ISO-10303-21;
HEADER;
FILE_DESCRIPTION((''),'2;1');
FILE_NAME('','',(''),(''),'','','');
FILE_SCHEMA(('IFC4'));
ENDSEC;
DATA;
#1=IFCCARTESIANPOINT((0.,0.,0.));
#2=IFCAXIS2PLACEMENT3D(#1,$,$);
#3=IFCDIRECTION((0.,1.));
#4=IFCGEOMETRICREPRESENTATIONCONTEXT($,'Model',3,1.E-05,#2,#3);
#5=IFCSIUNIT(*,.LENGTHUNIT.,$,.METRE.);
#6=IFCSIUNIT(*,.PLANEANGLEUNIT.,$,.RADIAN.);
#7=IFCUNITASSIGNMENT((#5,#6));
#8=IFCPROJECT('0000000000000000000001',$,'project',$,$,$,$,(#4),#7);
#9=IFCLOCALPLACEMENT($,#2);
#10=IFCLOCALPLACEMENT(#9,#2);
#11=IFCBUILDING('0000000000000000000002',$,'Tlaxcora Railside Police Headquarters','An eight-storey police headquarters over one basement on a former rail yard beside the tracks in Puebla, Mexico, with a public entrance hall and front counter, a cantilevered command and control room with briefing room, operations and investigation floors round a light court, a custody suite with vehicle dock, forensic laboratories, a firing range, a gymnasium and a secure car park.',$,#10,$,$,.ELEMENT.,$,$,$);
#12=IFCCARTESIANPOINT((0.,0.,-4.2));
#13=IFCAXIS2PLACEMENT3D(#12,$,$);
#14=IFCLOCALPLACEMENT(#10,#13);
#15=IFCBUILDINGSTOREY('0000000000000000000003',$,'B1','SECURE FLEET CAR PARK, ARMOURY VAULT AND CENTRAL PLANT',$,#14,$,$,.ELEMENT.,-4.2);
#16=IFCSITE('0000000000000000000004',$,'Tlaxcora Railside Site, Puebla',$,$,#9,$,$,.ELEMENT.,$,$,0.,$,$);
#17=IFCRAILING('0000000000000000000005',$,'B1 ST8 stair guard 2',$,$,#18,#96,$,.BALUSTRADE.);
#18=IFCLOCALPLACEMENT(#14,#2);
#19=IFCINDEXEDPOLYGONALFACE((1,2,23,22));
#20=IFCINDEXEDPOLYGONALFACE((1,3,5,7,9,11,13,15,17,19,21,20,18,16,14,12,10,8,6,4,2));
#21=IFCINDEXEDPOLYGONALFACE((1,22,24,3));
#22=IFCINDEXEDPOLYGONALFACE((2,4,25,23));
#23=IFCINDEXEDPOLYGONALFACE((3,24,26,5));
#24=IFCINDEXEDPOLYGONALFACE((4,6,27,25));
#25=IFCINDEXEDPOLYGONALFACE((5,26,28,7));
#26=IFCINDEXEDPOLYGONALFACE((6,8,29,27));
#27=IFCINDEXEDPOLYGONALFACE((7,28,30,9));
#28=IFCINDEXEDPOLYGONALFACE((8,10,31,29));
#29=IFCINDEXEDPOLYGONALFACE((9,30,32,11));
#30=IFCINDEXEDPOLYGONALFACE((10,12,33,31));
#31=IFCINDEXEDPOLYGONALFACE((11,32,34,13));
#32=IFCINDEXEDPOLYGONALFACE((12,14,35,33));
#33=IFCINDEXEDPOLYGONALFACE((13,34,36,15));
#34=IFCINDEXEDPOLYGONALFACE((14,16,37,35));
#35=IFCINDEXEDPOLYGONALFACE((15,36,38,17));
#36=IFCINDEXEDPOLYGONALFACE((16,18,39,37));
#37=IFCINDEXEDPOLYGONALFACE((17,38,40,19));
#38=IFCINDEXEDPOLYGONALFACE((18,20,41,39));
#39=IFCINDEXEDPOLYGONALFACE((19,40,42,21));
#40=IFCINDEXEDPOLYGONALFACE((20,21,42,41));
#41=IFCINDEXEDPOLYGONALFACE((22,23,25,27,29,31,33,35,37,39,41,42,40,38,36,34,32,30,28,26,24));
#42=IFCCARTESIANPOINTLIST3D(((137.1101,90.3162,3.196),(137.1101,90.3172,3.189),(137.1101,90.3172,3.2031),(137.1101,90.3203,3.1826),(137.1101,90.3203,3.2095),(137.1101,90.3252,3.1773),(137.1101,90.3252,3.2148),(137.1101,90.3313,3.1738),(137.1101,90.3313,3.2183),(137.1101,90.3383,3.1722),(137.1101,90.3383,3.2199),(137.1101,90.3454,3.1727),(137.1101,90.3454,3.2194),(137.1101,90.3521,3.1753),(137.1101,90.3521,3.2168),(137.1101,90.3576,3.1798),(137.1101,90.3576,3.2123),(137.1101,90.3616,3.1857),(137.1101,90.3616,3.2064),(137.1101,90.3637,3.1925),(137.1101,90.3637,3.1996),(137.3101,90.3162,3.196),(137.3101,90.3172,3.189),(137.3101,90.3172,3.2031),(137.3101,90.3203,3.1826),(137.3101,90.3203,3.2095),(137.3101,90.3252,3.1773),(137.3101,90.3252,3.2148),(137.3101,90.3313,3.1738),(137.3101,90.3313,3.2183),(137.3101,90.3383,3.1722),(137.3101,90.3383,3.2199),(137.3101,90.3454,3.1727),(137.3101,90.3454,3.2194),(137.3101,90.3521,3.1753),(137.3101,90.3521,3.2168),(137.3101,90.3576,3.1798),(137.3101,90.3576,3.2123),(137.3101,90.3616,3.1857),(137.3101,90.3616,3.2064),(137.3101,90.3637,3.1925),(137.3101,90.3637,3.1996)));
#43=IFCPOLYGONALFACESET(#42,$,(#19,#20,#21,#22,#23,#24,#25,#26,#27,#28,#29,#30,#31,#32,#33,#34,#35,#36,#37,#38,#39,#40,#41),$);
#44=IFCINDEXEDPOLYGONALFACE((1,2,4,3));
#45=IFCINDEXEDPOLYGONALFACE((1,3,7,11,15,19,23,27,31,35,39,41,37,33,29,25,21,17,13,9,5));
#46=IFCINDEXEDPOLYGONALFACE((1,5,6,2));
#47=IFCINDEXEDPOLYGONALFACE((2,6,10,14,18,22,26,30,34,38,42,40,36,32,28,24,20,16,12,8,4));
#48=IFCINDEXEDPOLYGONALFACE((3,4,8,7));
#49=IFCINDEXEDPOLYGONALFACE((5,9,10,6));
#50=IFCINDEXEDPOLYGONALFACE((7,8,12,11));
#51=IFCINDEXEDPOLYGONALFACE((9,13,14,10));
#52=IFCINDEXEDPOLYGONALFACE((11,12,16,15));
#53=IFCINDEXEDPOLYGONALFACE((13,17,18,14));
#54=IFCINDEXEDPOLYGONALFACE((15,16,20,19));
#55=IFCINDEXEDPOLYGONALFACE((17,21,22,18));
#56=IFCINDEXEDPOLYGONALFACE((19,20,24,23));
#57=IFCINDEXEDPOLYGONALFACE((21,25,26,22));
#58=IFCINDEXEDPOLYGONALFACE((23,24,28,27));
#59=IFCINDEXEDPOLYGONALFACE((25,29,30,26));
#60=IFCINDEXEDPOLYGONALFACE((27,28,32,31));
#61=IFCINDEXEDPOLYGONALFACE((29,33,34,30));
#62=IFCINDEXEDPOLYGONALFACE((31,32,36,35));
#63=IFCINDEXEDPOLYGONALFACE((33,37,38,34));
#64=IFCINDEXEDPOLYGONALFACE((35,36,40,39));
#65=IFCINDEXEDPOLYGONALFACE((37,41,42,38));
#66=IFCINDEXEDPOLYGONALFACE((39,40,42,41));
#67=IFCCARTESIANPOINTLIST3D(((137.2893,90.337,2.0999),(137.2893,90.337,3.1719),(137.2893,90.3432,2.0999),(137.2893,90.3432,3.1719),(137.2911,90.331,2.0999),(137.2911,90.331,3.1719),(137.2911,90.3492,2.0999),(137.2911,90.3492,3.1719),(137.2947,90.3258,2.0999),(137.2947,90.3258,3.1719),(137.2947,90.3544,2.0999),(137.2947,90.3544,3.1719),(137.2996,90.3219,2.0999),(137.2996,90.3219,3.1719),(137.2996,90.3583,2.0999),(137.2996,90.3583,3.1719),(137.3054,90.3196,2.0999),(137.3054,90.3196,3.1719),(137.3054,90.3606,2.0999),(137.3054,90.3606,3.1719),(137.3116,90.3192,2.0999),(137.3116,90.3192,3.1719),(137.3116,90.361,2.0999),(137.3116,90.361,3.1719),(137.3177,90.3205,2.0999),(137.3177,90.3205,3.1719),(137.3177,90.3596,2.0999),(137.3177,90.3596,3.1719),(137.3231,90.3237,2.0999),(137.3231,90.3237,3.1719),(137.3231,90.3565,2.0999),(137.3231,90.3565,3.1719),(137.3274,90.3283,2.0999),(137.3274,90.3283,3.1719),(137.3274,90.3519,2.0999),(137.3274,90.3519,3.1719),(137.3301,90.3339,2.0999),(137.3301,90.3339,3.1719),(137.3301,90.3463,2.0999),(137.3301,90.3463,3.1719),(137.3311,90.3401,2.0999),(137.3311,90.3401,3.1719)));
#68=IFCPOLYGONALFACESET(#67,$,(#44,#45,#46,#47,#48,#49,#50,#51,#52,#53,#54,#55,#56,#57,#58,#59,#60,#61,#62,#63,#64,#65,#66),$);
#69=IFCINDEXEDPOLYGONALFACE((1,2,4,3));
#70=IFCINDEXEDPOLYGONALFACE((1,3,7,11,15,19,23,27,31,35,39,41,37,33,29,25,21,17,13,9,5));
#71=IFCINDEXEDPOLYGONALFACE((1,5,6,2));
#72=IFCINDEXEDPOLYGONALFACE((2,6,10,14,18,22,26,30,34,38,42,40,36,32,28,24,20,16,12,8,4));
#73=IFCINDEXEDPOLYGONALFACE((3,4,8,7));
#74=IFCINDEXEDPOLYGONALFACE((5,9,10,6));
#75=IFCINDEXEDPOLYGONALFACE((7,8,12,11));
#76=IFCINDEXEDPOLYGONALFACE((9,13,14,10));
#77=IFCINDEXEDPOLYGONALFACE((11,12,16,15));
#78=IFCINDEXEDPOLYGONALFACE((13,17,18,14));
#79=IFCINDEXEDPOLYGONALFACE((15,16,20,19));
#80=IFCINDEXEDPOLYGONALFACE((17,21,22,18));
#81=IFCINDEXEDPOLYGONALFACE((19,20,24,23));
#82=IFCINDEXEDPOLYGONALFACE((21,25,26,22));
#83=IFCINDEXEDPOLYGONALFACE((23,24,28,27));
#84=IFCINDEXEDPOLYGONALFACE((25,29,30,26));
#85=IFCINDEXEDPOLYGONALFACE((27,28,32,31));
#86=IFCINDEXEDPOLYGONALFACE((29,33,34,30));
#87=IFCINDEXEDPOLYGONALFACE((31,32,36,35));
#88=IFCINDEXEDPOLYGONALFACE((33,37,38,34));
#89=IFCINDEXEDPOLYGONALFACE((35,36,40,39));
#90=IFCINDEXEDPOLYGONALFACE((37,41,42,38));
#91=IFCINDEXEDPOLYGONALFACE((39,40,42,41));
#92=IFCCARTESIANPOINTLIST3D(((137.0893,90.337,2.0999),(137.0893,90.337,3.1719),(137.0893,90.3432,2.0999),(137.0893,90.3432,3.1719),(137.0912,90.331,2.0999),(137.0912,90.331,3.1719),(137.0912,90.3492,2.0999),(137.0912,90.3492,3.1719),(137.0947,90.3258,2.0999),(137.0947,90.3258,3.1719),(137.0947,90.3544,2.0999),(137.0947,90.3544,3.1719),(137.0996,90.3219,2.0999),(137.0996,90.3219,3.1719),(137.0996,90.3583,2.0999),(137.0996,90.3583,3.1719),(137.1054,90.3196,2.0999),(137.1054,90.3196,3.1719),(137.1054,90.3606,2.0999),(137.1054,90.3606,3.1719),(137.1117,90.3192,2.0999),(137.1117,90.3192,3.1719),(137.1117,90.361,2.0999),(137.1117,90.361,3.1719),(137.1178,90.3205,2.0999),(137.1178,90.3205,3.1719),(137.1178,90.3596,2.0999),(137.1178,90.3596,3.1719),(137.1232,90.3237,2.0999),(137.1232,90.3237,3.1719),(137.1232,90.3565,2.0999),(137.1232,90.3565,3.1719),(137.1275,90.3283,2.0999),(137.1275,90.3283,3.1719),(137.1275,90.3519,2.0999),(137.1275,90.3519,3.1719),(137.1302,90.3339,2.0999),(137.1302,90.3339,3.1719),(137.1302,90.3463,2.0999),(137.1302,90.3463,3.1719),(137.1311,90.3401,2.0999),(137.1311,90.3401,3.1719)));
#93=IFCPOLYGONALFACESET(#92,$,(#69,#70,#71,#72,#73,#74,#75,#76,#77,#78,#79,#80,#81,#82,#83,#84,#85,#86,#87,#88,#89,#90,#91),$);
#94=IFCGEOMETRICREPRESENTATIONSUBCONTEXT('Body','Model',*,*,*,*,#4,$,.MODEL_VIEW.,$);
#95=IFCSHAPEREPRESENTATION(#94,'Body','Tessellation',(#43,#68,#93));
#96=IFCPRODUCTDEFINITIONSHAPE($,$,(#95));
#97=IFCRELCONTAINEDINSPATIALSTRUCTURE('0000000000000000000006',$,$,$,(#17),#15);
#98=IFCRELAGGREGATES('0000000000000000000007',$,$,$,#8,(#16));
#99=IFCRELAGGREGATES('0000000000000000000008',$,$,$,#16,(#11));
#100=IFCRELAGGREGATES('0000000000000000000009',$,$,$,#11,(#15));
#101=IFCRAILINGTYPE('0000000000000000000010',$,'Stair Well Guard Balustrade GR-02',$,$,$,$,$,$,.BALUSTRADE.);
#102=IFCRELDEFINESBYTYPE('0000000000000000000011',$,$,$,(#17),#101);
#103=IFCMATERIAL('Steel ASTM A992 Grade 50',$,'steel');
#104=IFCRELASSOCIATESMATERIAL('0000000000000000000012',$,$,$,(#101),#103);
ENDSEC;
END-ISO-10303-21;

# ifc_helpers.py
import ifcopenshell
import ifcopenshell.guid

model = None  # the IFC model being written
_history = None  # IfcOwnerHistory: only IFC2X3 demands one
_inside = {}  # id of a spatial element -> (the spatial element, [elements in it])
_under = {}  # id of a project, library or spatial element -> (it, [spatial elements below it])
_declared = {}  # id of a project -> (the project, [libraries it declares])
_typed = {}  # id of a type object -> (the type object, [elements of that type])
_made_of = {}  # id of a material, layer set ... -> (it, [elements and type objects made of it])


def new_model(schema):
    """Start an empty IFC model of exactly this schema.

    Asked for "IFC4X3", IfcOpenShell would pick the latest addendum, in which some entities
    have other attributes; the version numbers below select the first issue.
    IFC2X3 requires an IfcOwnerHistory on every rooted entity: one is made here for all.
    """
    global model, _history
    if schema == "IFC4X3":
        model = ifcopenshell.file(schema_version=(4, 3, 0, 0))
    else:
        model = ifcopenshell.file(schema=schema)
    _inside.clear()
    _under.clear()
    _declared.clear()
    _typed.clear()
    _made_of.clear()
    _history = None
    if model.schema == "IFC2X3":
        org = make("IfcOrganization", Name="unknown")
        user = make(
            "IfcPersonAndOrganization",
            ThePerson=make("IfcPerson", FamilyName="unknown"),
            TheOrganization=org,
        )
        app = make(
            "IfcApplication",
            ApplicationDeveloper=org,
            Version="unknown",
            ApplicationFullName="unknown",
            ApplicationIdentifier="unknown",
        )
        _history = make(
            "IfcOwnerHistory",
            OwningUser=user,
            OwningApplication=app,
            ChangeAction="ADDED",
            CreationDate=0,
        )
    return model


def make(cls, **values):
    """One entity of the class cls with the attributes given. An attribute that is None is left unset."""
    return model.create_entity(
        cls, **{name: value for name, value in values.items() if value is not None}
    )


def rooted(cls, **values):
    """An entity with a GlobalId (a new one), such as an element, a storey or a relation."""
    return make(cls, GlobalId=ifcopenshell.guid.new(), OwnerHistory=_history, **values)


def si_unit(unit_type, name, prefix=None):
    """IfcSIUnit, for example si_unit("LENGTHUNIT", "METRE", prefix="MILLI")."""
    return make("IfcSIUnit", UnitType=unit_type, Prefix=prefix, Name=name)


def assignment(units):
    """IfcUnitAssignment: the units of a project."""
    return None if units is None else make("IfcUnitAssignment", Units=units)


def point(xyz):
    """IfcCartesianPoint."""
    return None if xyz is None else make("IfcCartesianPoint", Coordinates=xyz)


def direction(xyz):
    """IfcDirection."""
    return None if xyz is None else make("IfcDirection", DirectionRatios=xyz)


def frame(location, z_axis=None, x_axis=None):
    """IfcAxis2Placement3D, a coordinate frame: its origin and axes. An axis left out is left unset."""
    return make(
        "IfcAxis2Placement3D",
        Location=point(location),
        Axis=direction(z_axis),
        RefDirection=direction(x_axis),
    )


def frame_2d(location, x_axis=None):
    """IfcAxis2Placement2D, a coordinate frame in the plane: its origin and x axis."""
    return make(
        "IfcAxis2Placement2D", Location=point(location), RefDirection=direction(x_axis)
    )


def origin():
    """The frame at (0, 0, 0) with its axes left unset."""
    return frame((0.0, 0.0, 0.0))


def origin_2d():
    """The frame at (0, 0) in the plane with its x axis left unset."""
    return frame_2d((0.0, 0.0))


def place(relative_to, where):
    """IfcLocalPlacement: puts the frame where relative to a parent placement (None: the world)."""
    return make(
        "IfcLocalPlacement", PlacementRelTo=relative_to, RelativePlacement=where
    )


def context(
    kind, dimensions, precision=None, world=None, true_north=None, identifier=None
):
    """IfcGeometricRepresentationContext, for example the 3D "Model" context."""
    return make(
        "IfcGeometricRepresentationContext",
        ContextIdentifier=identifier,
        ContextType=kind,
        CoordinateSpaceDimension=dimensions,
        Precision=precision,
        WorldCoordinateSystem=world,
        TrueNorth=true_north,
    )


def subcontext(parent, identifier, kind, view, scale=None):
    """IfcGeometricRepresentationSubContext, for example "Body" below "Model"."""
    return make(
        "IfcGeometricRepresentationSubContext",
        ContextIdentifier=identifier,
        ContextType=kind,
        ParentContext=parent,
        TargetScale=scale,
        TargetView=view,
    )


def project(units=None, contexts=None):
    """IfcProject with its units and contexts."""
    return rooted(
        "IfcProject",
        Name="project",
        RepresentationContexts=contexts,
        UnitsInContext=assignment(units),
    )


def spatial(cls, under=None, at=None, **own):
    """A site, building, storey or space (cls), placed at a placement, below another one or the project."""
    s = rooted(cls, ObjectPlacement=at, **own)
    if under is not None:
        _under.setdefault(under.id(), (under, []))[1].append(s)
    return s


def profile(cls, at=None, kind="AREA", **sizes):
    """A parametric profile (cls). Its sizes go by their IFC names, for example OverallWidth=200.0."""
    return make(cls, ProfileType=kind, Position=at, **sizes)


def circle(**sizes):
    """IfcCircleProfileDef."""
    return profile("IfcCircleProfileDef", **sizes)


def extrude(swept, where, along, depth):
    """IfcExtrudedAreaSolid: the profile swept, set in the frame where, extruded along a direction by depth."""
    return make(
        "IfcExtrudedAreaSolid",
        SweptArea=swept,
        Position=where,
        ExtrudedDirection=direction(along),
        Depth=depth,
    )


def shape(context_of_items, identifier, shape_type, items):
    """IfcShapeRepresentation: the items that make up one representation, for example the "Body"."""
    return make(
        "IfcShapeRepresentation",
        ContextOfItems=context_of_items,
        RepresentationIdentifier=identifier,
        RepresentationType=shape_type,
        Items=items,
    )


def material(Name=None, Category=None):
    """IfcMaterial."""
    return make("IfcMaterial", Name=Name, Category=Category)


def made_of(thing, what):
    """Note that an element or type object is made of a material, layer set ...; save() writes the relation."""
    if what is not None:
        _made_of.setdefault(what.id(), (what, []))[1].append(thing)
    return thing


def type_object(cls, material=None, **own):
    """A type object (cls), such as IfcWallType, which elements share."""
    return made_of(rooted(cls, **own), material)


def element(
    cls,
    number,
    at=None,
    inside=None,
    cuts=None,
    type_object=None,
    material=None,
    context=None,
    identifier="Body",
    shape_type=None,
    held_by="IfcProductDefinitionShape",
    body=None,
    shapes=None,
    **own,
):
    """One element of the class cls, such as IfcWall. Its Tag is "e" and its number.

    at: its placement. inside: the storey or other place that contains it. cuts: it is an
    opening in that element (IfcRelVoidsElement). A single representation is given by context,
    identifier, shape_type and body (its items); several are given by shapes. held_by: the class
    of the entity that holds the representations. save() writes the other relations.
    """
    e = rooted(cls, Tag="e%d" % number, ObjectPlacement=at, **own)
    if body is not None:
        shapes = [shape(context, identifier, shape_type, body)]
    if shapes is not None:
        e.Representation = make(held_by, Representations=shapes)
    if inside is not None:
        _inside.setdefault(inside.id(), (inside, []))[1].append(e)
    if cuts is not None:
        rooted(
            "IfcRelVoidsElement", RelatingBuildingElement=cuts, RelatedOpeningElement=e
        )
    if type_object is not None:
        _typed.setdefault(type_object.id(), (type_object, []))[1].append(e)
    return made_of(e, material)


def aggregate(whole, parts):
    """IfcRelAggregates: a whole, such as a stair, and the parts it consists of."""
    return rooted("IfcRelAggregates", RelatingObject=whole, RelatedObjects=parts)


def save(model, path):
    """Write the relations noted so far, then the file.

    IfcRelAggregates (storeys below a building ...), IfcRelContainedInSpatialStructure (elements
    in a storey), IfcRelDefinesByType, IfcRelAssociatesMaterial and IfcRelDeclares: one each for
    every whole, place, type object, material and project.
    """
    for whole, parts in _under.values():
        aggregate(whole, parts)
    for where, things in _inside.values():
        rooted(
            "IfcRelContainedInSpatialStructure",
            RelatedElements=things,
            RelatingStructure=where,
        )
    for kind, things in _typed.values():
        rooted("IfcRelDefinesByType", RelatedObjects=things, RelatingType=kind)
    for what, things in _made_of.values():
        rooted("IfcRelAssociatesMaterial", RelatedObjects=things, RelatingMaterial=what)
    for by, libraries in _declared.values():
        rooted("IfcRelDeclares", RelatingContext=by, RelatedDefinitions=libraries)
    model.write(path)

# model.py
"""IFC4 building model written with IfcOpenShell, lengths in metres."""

from ifc_helpers import new_model, si_unit, direction, frame, origin, origin_2d, place, context, subcontext, project, spatial, circle, extrude, material, type_object, element, save


model = new_model("IFC4")

# Units and contexts
model_context = context("Model", 3, precision=1e-05, world=origin(), true_north=direction((0.0, 1.0)))
body_context = subcontext(model_context, "Body", "Model", "MODEL_VIEW")
ifc_project = project(units=[si_unit("LENGTHUNIT", "METRE"), si_unit("PLANEANGLEUNIT", "RADIAN")], contexts=[model_context])

# Site, building, storey
site_placement = place(None, origin())
site = spatial("IfcSite", under=ifc_project, at=site_placement, Name="Tlaxcora Railside Site, Puebla", CompositionType="ELEMENT", RefElevation=0.0)
building_placement = place(site_placement, origin())
building = spatial("IfcBuilding", under=site, at=building_placement, Name="Tlaxcora Railside Police Headquarters", Description="An eight-storey police headquarters over one basement on a former rail yard beside the tracks in Puebla, Mexico, with a public entrance hall and front counter, a cantilevered command and control room with briefing room, operations and investigation floors round a light court, a custody suite with vehicle dock, forensic laboratories, a firing range, a gymnasium and a secure car park.", CompositionType="ELEMENT")
storey_placement = place(building_placement, frame((0.0, 0.0, -4.2)))
storey = spatial("IfcBuildingStorey", under=building, at=storey_placement, Name="B1", Description="SECURE FLEET CAR PARK, ARMOURY VAULT AND CENTRAL PLANT", CompositionType="ELEMENT", Elevation=-4.2)

# Shared definitions
ifc_material_1 = material(Name="Steel ASTM A992 Grade 50", Category="steel")

# Railing
railing_type_1 = type_object("IfcRailingType", Name="Stair Well Guard Balustrade GR-02", PredefinedType="BALUSTRADE", material=ifc_material_1)
railing_1_placement = place(storey_placement, frame((137.3101, 90.3401, 2.0999)))
element("IfcRailing", 1, at=railing_1_placement, inside=storey, type_object=railing_type_1, Name="B1 ST8 stair guard 2", PredefinedType="BALUSTRADE", context=body_context, shape_type="SweptSolid", body=[
    extrude(circle(Radius=0.0239, at=origin_2d()), frame((0.0, 0.0, 1.0962), z_axis=(-1.0, 0.0, 0.0), x_axis=(0.0, -1.0, 0.0)), (0.0, 0.0, 1.0), 0.2),
    extrude(circle(Radius=0.021, at=origin_2d()), origin(), (0.0, 0.0, 1.0), 1.072),
    extrude(circle(Radius=0.021, at=origin_2d()), frame((-0.2, 0.0, 0.0)), (0.0, 0.0, 1.0), 1.072),
])

save(model, "model.ifc")
